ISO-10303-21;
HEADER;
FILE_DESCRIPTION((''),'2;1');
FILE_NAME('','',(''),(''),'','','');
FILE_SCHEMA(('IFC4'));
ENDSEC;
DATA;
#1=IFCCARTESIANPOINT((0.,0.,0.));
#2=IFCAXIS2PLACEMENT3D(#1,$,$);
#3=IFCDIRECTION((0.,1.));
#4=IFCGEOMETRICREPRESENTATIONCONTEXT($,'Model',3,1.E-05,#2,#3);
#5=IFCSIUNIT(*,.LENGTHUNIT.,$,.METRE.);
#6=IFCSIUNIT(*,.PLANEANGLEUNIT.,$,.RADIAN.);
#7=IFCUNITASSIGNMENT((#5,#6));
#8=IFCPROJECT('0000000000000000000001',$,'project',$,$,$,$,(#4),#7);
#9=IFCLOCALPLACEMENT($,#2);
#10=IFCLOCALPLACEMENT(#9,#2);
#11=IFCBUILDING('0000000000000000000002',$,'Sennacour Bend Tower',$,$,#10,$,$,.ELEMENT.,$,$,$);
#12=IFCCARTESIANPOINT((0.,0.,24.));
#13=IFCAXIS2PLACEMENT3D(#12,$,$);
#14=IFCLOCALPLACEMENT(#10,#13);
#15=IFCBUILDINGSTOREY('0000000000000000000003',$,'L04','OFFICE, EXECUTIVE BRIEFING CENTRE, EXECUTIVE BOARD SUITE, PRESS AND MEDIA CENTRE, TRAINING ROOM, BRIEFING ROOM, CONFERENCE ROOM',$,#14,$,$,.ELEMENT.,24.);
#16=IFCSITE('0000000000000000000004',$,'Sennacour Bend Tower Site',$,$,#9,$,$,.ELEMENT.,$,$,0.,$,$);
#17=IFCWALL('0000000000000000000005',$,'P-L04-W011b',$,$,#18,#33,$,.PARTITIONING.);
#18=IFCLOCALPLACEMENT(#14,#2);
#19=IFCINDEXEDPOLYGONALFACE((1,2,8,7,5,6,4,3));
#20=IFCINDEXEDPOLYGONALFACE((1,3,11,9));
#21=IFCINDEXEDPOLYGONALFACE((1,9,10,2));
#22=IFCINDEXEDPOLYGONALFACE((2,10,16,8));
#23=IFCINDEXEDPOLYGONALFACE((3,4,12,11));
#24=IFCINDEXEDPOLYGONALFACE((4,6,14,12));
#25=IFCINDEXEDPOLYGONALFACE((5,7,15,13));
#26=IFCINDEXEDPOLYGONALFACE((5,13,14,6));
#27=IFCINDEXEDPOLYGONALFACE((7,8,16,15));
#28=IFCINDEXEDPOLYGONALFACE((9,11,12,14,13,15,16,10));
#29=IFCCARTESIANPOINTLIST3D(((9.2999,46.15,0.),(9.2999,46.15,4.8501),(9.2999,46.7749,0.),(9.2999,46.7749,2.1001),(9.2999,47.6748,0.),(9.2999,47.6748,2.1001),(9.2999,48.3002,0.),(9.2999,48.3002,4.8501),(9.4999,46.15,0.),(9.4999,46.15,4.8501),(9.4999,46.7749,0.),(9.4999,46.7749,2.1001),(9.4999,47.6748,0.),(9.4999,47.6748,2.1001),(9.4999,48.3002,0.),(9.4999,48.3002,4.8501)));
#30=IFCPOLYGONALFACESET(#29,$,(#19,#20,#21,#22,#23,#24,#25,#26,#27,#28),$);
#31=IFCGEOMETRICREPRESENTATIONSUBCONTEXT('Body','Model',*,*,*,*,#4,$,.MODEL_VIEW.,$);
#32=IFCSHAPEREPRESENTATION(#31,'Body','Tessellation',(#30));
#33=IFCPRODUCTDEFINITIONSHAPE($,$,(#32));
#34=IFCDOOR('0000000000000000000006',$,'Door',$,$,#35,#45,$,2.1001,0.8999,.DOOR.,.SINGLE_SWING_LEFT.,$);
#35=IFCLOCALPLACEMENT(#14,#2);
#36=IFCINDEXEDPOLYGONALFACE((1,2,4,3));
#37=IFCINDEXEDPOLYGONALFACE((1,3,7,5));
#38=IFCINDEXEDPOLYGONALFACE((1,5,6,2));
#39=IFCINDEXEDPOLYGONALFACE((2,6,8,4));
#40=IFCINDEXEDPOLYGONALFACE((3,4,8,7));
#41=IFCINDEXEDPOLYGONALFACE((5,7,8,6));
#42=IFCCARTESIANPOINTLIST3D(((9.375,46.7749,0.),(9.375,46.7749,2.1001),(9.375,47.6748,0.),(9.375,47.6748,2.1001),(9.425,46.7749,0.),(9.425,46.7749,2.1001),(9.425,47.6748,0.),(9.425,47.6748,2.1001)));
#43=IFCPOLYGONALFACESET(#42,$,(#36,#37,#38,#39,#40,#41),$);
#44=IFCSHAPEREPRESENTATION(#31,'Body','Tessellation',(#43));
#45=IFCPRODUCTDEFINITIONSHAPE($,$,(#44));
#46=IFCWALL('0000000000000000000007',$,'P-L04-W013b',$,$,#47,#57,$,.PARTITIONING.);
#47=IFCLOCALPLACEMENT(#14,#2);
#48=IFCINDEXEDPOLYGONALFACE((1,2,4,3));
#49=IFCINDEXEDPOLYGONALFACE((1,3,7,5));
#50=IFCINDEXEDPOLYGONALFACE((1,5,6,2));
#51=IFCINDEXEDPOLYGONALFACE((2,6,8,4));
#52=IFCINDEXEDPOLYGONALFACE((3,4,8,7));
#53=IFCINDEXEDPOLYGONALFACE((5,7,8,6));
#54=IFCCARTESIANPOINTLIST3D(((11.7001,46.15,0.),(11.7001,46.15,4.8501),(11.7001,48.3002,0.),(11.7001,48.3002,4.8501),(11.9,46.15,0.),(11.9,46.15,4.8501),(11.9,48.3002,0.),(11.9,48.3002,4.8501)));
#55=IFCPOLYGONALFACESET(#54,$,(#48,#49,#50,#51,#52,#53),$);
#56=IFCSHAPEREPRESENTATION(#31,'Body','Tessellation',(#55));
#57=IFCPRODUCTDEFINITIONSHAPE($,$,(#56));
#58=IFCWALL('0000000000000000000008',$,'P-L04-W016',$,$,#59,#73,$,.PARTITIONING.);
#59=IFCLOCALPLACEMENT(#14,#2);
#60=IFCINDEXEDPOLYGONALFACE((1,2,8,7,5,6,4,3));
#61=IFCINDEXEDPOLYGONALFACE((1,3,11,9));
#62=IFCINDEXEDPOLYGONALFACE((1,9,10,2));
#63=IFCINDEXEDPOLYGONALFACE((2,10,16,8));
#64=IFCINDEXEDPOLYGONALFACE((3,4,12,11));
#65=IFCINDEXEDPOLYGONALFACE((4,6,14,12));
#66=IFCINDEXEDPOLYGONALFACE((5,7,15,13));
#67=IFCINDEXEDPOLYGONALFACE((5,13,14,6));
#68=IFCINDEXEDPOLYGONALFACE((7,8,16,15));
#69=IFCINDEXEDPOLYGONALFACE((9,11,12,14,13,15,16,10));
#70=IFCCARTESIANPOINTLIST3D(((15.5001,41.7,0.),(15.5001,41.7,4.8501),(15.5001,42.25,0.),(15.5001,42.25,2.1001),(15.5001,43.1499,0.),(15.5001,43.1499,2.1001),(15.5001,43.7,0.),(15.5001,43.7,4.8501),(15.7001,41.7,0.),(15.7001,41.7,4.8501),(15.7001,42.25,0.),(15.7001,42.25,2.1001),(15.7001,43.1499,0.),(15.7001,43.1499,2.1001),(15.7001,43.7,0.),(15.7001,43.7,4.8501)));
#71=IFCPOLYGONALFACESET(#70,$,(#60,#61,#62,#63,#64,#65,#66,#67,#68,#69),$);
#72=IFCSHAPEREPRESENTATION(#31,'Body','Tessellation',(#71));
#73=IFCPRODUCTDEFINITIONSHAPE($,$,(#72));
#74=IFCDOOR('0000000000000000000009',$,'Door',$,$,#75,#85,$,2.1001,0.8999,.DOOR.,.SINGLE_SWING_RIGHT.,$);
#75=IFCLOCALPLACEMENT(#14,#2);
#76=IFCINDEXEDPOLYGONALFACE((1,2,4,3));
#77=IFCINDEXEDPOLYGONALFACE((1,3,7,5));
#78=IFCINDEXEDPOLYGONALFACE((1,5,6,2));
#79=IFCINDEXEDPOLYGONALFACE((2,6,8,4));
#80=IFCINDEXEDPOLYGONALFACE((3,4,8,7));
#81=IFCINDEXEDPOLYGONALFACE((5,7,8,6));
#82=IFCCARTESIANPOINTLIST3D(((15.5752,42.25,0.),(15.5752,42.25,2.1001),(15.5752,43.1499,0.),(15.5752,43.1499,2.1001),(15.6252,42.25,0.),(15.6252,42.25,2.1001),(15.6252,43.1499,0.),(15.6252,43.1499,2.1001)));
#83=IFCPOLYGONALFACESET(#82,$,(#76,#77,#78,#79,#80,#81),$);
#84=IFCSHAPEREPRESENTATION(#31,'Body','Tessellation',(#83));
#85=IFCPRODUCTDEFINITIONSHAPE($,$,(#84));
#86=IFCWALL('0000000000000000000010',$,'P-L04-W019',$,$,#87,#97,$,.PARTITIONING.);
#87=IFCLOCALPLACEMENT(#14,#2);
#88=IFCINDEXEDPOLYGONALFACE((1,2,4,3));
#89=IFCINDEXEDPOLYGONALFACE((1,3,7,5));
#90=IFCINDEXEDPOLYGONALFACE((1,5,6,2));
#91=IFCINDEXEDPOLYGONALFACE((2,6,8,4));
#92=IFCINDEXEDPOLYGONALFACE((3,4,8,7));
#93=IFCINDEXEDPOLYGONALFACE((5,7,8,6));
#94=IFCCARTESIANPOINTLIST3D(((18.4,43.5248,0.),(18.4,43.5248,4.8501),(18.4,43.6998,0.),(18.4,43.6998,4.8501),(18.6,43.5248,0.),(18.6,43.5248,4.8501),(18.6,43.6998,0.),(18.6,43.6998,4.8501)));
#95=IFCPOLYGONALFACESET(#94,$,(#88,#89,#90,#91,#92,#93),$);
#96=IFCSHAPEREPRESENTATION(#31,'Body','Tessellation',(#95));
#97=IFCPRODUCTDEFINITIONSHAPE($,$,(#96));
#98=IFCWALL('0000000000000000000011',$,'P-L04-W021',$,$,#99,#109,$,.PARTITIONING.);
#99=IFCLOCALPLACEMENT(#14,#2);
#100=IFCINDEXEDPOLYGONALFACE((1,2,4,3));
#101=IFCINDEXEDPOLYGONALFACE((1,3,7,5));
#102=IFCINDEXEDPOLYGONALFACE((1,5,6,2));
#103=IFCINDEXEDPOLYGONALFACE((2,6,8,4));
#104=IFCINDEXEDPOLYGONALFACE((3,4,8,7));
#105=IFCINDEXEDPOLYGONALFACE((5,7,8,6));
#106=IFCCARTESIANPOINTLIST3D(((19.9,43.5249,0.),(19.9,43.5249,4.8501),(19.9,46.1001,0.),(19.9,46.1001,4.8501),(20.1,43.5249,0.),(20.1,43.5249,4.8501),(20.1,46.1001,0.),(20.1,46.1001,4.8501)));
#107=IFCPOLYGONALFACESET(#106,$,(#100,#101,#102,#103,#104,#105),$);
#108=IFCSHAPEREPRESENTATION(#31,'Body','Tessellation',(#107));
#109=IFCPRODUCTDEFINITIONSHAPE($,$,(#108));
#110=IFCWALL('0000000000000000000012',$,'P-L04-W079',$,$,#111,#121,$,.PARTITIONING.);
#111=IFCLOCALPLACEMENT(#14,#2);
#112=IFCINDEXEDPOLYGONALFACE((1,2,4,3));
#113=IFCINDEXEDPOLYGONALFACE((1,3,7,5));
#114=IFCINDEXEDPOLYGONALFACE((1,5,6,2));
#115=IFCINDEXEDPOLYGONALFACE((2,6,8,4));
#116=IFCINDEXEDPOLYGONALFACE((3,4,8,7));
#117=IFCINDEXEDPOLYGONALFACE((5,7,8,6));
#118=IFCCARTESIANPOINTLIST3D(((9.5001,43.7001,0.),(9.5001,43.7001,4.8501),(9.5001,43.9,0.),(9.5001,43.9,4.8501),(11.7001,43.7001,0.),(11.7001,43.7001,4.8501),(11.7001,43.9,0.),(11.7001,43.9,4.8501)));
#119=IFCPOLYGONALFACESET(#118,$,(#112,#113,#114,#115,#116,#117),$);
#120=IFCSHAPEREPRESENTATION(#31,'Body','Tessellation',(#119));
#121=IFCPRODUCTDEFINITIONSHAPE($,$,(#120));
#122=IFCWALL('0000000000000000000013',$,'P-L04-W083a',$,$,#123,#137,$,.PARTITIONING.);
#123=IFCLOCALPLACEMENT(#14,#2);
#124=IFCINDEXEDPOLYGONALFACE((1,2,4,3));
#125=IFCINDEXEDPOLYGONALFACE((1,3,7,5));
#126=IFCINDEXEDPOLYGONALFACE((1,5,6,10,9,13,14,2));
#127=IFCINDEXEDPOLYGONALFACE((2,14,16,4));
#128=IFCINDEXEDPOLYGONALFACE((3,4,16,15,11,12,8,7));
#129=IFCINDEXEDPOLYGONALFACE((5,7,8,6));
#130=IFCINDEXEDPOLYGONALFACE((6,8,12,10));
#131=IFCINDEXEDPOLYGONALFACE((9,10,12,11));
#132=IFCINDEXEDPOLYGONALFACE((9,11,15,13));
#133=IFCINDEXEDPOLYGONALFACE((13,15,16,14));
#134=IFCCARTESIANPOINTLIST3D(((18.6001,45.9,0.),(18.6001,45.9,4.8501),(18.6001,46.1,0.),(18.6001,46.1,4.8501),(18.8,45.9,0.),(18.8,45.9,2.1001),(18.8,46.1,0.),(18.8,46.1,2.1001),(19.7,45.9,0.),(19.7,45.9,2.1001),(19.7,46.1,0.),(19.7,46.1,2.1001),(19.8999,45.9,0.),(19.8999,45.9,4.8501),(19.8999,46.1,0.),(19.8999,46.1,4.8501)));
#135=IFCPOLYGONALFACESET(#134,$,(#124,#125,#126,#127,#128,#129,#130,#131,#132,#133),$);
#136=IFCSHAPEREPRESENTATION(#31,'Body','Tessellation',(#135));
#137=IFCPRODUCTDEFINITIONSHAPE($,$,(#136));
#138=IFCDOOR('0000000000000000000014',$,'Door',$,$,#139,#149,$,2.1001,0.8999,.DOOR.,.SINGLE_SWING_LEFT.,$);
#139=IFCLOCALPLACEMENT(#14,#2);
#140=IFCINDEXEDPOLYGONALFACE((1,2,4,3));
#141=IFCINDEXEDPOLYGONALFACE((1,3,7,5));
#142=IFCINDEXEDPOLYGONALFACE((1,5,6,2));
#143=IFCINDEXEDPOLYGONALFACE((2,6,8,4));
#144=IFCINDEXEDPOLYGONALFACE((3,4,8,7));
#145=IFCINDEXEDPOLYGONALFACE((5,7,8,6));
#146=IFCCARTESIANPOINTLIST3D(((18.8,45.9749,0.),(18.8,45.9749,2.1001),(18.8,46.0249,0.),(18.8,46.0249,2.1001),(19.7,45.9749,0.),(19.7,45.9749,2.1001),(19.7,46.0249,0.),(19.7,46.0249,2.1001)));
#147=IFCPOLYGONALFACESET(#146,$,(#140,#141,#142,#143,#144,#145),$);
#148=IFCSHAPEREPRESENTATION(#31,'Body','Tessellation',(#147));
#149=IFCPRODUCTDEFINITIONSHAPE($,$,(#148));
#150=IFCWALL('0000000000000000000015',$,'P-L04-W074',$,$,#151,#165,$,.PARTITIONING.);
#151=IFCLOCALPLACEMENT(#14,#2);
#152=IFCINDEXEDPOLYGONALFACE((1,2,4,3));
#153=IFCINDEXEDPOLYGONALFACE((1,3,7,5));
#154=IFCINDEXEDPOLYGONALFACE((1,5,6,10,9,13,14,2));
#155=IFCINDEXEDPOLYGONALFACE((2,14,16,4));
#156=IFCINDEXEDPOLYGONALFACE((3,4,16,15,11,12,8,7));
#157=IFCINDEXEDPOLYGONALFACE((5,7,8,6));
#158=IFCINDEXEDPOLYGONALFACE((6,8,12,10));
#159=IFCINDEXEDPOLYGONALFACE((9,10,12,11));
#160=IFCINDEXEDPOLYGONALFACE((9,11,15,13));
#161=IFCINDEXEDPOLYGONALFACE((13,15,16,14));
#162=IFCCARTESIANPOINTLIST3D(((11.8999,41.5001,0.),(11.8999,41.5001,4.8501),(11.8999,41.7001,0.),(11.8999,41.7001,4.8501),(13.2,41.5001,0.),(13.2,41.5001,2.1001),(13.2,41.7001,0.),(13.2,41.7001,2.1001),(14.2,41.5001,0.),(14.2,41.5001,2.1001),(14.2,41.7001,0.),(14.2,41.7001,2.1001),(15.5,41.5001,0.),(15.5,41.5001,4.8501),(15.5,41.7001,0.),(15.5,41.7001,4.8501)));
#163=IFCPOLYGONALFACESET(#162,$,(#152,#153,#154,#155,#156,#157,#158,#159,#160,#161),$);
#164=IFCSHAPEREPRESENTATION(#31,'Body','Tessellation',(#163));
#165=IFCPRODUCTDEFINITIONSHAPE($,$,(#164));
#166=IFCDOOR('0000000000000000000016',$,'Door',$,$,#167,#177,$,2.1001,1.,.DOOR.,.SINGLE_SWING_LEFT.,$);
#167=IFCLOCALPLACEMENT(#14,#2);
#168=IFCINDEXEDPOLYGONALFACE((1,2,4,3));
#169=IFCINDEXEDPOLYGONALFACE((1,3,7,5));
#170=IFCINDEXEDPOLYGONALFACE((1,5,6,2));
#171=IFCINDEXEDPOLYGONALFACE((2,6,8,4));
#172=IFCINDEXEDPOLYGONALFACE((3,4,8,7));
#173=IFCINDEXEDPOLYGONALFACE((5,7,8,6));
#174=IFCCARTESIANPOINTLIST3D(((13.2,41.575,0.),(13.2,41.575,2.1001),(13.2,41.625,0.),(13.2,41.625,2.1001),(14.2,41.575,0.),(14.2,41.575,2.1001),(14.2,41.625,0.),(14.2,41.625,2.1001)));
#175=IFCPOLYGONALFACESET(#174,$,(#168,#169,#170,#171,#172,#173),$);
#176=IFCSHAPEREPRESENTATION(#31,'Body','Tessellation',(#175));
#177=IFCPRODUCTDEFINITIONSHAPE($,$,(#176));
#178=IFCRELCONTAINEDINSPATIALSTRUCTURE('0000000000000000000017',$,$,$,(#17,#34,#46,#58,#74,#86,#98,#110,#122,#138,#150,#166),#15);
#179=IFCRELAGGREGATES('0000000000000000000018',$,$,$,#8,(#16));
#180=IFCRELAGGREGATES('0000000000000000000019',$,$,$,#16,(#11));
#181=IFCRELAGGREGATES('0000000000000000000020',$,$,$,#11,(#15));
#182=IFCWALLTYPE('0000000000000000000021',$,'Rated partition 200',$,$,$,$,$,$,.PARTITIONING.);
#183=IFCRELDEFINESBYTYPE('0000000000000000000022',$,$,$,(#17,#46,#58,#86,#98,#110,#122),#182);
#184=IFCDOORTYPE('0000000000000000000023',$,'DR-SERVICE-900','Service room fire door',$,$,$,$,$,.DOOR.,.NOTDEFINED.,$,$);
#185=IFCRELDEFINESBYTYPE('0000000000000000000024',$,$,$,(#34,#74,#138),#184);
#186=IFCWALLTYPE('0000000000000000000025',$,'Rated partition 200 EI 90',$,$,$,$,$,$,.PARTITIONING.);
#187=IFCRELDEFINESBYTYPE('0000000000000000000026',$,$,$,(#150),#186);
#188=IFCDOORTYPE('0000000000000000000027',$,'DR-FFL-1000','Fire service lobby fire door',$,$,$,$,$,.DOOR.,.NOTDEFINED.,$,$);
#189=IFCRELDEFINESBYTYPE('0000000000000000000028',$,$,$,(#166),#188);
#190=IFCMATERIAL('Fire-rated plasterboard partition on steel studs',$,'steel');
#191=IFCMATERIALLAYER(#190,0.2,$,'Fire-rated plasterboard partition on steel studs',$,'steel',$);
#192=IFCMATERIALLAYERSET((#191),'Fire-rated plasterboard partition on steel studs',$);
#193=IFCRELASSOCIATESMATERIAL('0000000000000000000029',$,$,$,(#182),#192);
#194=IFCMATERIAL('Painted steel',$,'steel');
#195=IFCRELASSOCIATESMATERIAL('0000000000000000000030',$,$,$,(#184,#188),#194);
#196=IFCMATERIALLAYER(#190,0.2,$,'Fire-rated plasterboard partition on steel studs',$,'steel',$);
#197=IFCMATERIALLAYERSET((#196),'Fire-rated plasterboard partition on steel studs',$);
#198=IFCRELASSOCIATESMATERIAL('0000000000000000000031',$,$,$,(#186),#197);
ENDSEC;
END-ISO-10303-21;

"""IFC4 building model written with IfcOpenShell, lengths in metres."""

from ifc_helpers import new_model, si_unit, direction, frame, frame_2d, origin, place, context, subcontext, project, spatial, rectangle, extrude, material, layer, layer_set, type_object, element, fill, save


model = new_model("IFC4")

# Units and contexts
model_context = context("Model", 3, precision=1e-05, world=origin(), true_north=direction((0.0, 1.0)))
body_context = subcontext(model_context, "Body", "Model", "MODEL_VIEW")
ifc_project = project(units=[si_unit("LENGTHUNIT", "METRE"), si_unit("PLANEANGLEUNIT", "RADIAN")], contexts=[model_context])

# Site, building, storey
site_placement = place(None, origin())
site = spatial("IfcSite", under=ifc_project, at=site_placement, Name="Sennacour Bend Tower Site", CompositionType="ELEMENT", RefElevation=0.0)
building_placement = place(site_placement, origin())
building = spatial("IfcBuilding", under=site, at=building_placement, Name="Sennacour Bend Tower", CompositionType="ELEMENT")
storey_placement = place(building_placement, frame((0.0, 0.0, 24.0)))
storey = spatial("IfcBuildingStorey", under=building, at=storey_placement, Name="L04", Description="OFFICE, EXECUTIVE BRIEFING CENTRE, EXECUTIVE BOARD SUITE, PRESS AND MEDIA CENTRE, TRAINING ROOM, BRIEFING ROOM, CONFERENCE ROOM", CompositionType="ELEMENT", Elevation=24.0)

# Wall, opening, door
ifc_material_1 = material(Name="Fire-rated plasterboard partition on steel studs", Category="steel")
ifc_layer_1 = layer(ifc_material_1, 0.2, Name="Fire-rated plasterboard partition on steel studs", Category="steel")
ifc_layer_set_1 = layer_set([ifc_layer_1], Name="Fire-rated plasterboard partition on steel studs")
wall_type_1 = type_object("IfcWallType", Name="Rated partition 200", PredefinedType="PARTITIONING", material=ifc_layer_set_1)
wall_1_placement = place(storey_placement, frame((9.3999, 46.1499, 0.0), z_axis=(0.0, 0.0, 1.0), x_axis=(0.0, 1.0, 0.0)))
wall_1 = element("IfcWall", 1, at=wall_1_placement, inside=storey, type_object=wall_type_1, Name="P-L04-W011b", PredefinedType="PARTITIONING", context=body_context, shape_type="SweptSolid", body=[
    extrude(rectangle(XDim=2.1501, YDim=0.2, at=frame_2d((1.0752, 0.0))), origin(), (0.0, 0.0, 1.0), 4.8501),
])
opening_1_placement = place(wall_1_placement, frame((0.625, 0.0, 0.0)))
opening_1 = element("IfcOpeningElement", 2, at=opening_1_placement, cuts=wall_1, PredefinedType="OPENING", context=body_context, shape_type="SweptSolid", body=[
    extrude(rectangle(XDim=0.8999, YDim=2.1001, at=frame_2d((0.45, 1.05))), frame((0.0, 0.1099, 0.0), z_axis=(0.0, -1.0, 0.0), x_axis=(1.0, 0.0, 0.0)), (0.0, 0.0, 1.0), 0.22),
])
ifc_material_2 = material(Name="Painted steel", Category="steel")
door_type_1 = type_object("IfcDoorType", Name="DR-SERVICE-900", Description="Service room fire door", OperationType="NOTDEFINED", PredefinedType="DOOR", material=ifc_material_2)
door_1_placement = place(opening_1_placement, origin())
door_1 = element("IfcDoor", 3, at=door_1_placement, inside=storey, type_object=door_type_1, Name="Door", OperationType="SINGLE_SWING_LEFT", OverallHeight=2.1001, OverallWidth=0.8999, PredefinedType="DOOR", context=body_context, shape_type="SweptSolid", body=[
    extrude(rectangle(XDim=0.8999, YDim=2.1001, at=frame_2d((0.45, 1.05))), frame((0.0, 0.0249, 0.0), z_axis=(0.0, -1.0, 0.0), x_axis=(1.0, 0.0, 0.0)), (0.0, 0.0, 1.0), 0.05),
])
fill(opening_1, door_1)

# Wall
wall_2_placement = place(storey_placement, frame((11.8, 46.1499, 0.0), z_axis=(0.0, 0.0, 1.0), x_axis=(0.0, 1.0, 0.0)))
element("IfcWall", 4, at=wall_2_placement, inside=storey, type_object=wall_type_1, Name="P-L04-W013b", PredefinedType="PARTITIONING", context=body_context, shape_type="SweptSolid", body=[
    extrude(rectangle(XDim=2.1501, YDim=0.2, at=frame_2d((1.0752, 0.0))), origin(), (0.0, 0.0, 1.0), 4.8501),
])

# Wall, opening, door
wall_3_placement = place(storey_placement, frame((15.6001, 41.7, 0.0), z_axis=(0.0, 0.0, 1.0), x_axis=(0.0, 1.0, 0.0)))
wall_3 = element("IfcWall", 5, at=wall_3_placement, inside=storey, type_object=wall_type_1, Name="P-L04-W016", PredefinedType="PARTITIONING", context=body_context, shape_type="SweptSolid", body=[
    extrude(rectangle(XDim=2.0, YDim=0.2, at=frame_2d((1.0, 0.0))), origin(), (0.0, 0.0, 1.0), 4.8501),
])
opening_2_placement = place(wall_3_placement, frame((0.55, 0.0, 0.0)))
opening_2 = element("IfcOpeningElement", 6, at=opening_2_placement, cuts=wall_3, PredefinedType="OPENING", context=body_context, shape_type="SweptSolid", body=[
    extrude(rectangle(XDim=0.8999, YDim=2.1001, at=frame_2d((0.45, 1.05))), frame((0.0, 0.1099, 0.0), z_axis=(0.0, -1.0, 0.0), x_axis=(1.0, 0.0, 0.0)), (0.0, 0.0, 1.0), 0.22),
])
door_2_placement = place(opening_2_placement, origin())
door_2 = element("IfcDoor", 7, at=door_2_placement, inside=storey, type_object=door_type_1, Name="Door", OperationType="SINGLE_SWING_RIGHT", OverallHeight=2.1001, OverallWidth=0.8999, PredefinedType="DOOR", context=body_context, shape_type="SweptSolid", body=[
    extrude(rectangle(XDim=0.8999, YDim=2.1001, at=frame_2d((0.45, 1.05))), frame((0.0, 0.0249, 0.0), z_axis=(0.0, -1.0, 0.0), x_axis=(1.0, 0.0, 0.0)), (0.0, 0.0, 1.0), 0.05),
])
fill(opening_2, door_2)

# Walls
wall_4_placement = place(storey_placement, frame((18.5, 43.5249, 0.0), z_axis=(0.0, 0.0, 1.0), x_axis=(0.0, 1.0, 0.0)))
element("IfcWall", 8, at=wall_4_placement, inside=storey, type_object=wall_type_1, Name="P-L04-W019", PredefinedType="PARTITIONING", context=body_context, shape_type="SweptSolid", body=[
    extrude(rectangle(XDim=0.175, YDim=0.2, at=frame_2d((0.0874, 0.0))), origin(), (0.0, 0.0, 1.0), 4.8501),
])
wall_5_placement = place(storey_placement, frame((20.0, 43.5249, 0.0), z_axis=(0.0, 0.0, 1.0), x_axis=(0.0, 1.0, 0.0)))
element("IfcWall", 9, at=wall_5_placement, inside=storey, type_object=wall_type_1, Name="P-L04-W021", PredefinedType="PARTITIONING", context=body_context, shape_type="SweptSolid", body=[
    extrude(rectangle(XDim=2.5752, YDim=0.2, at=frame_2d((1.2876, 0.0))), origin(), (0.0, 0.0, 1.0), 4.8501),
])
wall_6_placement = place(storey_placement, frame((9.5, 43.8, 0.0), z_axis=(0.0, 0.0, 1.0), x_axis=(1.0, 0.0, 0.0)))
element("IfcWall", 10, at=wall_6_placement, inside=storey, type_object=wall_type_1, Name="P-L04-W079", PredefinedType="PARTITIONING", context=body_context, shape_type="SweptSolid", body=[
    extrude(rectangle(XDim=2.2, YDim=0.2, at=frame_2d((1.1001, 0.0))), origin(), (0.0, 0.0, 1.0), 4.8501),
])

# Walls, openings, doors
wall_7_placement = place(storey_placement, frame((18.6001, 46.0, 0.0), z_axis=(0.0, 0.0, 1.0), x_axis=(1.0, 0.0, 0.0)))
wall_7 = element("IfcWall", 11, at=wall_7_placement, inside=storey, type_object=wall_type_1, Name="P-L04-W083a", PredefinedType="PARTITIONING", context=body_context, shape_type="SweptSolid", body=[
    extrude(rectangle(XDim=1.2998, YDim=0.2, at=frame_2d((0.6499, 0.0))), origin(), (0.0, 0.0, 1.0), 4.8501),
])
opening_3_placement = place(wall_7_placement, frame((0.2, 0.0, 0.0)))
opening_3 = element("IfcOpeningElement", 12, at=opening_3_placement, cuts=wall_7, PredefinedType="OPENING", context=body_context, shape_type="SweptSolid", body=[
    extrude(rectangle(XDim=0.8999, YDim=2.1001, at=frame_2d((0.45, 1.05))), frame((0.0, 0.1099, 0.0), z_axis=(0.0, -1.0, 0.0), x_axis=(1.0, 0.0, 0.0)), (0.0, 0.0, 1.0), 0.22),
])
door_3_placement = place(opening_3_placement, origin())
door_3 = element("IfcDoor", 13, at=door_3_placement, inside=storey, type_object=door_type_1, Name="Door", OperationType="SINGLE_SWING_LEFT", OverallHeight=2.1001, OverallWidth=0.8999, PredefinedType="DOOR", context=body_context, shape_type="SweptSolid", body=[
    extrude(rectangle(XDim=0.8999, YDim=2.1001, at=frame_2d((0.45, 1.05))), frame((0.0, 0.0249, 0.0), z_axis=(0.0, -1.0, 0.0), x_axis=(1.0, 0.0, 0.0)), (0.0, 0.0, 1.0), 0.05),
])
fill(opening_3, door_3)
ifc_layer_2 = layer(ifc_material_1, 0.2, Name="Fire-rated plasterboard partition on steel studs", Category="steel")
ifc_layer_set_2 = layer_set([ifc_layer_2], Name="Fire-rated plasterboard partition on steel studs")
wall_type_2 = type_object("IfcWallType", Name="Rated partition 200 EI 90", PredefinedType="PARTITIONING", material=ifc_layer_set_2)
wall_8_placement = place(storey_placement, frame((11.8999, 41.6001, 0.0), z_axis=(0.0, 0.0, 1.0), x_axis=(1.0, 0.0, 0.0)))
wall_8 = element("IfcWall", 14, at=wall_8_placement, inside=storey, type_object=wall_type_2, Name="P-L04-W074", PredefinedType="PARTITIONING", context=body_context, shape_type="SweptSolid", body=[
    extrude(rectangle(XDim=3.6001, YDim=0.2, at=frame_2d((1.8, 0.0))), origin(), (0.0, 0.0, 1.0), 4.8501),
])
opening_4_placement = place(wall_8_placement, frame((1.3, 0.0, 0.0)))
opening_4 = element("IfcOpeningElement", 15, at=opening_4_placement, cuts=wall_8, PredefinedType="OPENING", context=body_context, shape_type="SweptSolid", body=[
    extrude(rectangle(XDim=1.0, YDim=2.1001, at=frame_2d((0.5, 1.05))), frame((0.0, 0.1099, 0.0), z_axis=(0.0, -1.0, 0.0), x_axis=(1.0, 0.0, 0.0)), (0.0, 0.0, 1.0), 0.22),
])
door_type_2 = type_object("IfcDoorType", Name="DR-FFL-1000", Description="Fire service lobby fire door", OperationType="NOTDEFINED", PredefinedType="DOOR", material=ifc_material_2)
door_4_placement = place(opening_4_placement, origin())
door_4 = element("IfcDoor", 16, at=door_4_placement, inside=storey, type_object=door_type_2, Name="Door", OperationType="SINGLE_SWING_LEFT", OverallHeight=2.1001, OverallWidth=1.0, PredefinedType="DOOR", context=body_context, shape_type="SweptSolid", body=[
    extrude(rectangle(XDim=1.0, YDim=2.1001, at=frame_2d((0.5, 1.05))), frame((0.0, 0.0249, 0.0), z_axis=(0.0, -1.0, 0.0), x_axis=(1.0, 0.0, 0.0)), (0.0, 0.0, 1.0), 0.05),
])
fill(opening_4, door_4)

save(model, "model.ifc")
